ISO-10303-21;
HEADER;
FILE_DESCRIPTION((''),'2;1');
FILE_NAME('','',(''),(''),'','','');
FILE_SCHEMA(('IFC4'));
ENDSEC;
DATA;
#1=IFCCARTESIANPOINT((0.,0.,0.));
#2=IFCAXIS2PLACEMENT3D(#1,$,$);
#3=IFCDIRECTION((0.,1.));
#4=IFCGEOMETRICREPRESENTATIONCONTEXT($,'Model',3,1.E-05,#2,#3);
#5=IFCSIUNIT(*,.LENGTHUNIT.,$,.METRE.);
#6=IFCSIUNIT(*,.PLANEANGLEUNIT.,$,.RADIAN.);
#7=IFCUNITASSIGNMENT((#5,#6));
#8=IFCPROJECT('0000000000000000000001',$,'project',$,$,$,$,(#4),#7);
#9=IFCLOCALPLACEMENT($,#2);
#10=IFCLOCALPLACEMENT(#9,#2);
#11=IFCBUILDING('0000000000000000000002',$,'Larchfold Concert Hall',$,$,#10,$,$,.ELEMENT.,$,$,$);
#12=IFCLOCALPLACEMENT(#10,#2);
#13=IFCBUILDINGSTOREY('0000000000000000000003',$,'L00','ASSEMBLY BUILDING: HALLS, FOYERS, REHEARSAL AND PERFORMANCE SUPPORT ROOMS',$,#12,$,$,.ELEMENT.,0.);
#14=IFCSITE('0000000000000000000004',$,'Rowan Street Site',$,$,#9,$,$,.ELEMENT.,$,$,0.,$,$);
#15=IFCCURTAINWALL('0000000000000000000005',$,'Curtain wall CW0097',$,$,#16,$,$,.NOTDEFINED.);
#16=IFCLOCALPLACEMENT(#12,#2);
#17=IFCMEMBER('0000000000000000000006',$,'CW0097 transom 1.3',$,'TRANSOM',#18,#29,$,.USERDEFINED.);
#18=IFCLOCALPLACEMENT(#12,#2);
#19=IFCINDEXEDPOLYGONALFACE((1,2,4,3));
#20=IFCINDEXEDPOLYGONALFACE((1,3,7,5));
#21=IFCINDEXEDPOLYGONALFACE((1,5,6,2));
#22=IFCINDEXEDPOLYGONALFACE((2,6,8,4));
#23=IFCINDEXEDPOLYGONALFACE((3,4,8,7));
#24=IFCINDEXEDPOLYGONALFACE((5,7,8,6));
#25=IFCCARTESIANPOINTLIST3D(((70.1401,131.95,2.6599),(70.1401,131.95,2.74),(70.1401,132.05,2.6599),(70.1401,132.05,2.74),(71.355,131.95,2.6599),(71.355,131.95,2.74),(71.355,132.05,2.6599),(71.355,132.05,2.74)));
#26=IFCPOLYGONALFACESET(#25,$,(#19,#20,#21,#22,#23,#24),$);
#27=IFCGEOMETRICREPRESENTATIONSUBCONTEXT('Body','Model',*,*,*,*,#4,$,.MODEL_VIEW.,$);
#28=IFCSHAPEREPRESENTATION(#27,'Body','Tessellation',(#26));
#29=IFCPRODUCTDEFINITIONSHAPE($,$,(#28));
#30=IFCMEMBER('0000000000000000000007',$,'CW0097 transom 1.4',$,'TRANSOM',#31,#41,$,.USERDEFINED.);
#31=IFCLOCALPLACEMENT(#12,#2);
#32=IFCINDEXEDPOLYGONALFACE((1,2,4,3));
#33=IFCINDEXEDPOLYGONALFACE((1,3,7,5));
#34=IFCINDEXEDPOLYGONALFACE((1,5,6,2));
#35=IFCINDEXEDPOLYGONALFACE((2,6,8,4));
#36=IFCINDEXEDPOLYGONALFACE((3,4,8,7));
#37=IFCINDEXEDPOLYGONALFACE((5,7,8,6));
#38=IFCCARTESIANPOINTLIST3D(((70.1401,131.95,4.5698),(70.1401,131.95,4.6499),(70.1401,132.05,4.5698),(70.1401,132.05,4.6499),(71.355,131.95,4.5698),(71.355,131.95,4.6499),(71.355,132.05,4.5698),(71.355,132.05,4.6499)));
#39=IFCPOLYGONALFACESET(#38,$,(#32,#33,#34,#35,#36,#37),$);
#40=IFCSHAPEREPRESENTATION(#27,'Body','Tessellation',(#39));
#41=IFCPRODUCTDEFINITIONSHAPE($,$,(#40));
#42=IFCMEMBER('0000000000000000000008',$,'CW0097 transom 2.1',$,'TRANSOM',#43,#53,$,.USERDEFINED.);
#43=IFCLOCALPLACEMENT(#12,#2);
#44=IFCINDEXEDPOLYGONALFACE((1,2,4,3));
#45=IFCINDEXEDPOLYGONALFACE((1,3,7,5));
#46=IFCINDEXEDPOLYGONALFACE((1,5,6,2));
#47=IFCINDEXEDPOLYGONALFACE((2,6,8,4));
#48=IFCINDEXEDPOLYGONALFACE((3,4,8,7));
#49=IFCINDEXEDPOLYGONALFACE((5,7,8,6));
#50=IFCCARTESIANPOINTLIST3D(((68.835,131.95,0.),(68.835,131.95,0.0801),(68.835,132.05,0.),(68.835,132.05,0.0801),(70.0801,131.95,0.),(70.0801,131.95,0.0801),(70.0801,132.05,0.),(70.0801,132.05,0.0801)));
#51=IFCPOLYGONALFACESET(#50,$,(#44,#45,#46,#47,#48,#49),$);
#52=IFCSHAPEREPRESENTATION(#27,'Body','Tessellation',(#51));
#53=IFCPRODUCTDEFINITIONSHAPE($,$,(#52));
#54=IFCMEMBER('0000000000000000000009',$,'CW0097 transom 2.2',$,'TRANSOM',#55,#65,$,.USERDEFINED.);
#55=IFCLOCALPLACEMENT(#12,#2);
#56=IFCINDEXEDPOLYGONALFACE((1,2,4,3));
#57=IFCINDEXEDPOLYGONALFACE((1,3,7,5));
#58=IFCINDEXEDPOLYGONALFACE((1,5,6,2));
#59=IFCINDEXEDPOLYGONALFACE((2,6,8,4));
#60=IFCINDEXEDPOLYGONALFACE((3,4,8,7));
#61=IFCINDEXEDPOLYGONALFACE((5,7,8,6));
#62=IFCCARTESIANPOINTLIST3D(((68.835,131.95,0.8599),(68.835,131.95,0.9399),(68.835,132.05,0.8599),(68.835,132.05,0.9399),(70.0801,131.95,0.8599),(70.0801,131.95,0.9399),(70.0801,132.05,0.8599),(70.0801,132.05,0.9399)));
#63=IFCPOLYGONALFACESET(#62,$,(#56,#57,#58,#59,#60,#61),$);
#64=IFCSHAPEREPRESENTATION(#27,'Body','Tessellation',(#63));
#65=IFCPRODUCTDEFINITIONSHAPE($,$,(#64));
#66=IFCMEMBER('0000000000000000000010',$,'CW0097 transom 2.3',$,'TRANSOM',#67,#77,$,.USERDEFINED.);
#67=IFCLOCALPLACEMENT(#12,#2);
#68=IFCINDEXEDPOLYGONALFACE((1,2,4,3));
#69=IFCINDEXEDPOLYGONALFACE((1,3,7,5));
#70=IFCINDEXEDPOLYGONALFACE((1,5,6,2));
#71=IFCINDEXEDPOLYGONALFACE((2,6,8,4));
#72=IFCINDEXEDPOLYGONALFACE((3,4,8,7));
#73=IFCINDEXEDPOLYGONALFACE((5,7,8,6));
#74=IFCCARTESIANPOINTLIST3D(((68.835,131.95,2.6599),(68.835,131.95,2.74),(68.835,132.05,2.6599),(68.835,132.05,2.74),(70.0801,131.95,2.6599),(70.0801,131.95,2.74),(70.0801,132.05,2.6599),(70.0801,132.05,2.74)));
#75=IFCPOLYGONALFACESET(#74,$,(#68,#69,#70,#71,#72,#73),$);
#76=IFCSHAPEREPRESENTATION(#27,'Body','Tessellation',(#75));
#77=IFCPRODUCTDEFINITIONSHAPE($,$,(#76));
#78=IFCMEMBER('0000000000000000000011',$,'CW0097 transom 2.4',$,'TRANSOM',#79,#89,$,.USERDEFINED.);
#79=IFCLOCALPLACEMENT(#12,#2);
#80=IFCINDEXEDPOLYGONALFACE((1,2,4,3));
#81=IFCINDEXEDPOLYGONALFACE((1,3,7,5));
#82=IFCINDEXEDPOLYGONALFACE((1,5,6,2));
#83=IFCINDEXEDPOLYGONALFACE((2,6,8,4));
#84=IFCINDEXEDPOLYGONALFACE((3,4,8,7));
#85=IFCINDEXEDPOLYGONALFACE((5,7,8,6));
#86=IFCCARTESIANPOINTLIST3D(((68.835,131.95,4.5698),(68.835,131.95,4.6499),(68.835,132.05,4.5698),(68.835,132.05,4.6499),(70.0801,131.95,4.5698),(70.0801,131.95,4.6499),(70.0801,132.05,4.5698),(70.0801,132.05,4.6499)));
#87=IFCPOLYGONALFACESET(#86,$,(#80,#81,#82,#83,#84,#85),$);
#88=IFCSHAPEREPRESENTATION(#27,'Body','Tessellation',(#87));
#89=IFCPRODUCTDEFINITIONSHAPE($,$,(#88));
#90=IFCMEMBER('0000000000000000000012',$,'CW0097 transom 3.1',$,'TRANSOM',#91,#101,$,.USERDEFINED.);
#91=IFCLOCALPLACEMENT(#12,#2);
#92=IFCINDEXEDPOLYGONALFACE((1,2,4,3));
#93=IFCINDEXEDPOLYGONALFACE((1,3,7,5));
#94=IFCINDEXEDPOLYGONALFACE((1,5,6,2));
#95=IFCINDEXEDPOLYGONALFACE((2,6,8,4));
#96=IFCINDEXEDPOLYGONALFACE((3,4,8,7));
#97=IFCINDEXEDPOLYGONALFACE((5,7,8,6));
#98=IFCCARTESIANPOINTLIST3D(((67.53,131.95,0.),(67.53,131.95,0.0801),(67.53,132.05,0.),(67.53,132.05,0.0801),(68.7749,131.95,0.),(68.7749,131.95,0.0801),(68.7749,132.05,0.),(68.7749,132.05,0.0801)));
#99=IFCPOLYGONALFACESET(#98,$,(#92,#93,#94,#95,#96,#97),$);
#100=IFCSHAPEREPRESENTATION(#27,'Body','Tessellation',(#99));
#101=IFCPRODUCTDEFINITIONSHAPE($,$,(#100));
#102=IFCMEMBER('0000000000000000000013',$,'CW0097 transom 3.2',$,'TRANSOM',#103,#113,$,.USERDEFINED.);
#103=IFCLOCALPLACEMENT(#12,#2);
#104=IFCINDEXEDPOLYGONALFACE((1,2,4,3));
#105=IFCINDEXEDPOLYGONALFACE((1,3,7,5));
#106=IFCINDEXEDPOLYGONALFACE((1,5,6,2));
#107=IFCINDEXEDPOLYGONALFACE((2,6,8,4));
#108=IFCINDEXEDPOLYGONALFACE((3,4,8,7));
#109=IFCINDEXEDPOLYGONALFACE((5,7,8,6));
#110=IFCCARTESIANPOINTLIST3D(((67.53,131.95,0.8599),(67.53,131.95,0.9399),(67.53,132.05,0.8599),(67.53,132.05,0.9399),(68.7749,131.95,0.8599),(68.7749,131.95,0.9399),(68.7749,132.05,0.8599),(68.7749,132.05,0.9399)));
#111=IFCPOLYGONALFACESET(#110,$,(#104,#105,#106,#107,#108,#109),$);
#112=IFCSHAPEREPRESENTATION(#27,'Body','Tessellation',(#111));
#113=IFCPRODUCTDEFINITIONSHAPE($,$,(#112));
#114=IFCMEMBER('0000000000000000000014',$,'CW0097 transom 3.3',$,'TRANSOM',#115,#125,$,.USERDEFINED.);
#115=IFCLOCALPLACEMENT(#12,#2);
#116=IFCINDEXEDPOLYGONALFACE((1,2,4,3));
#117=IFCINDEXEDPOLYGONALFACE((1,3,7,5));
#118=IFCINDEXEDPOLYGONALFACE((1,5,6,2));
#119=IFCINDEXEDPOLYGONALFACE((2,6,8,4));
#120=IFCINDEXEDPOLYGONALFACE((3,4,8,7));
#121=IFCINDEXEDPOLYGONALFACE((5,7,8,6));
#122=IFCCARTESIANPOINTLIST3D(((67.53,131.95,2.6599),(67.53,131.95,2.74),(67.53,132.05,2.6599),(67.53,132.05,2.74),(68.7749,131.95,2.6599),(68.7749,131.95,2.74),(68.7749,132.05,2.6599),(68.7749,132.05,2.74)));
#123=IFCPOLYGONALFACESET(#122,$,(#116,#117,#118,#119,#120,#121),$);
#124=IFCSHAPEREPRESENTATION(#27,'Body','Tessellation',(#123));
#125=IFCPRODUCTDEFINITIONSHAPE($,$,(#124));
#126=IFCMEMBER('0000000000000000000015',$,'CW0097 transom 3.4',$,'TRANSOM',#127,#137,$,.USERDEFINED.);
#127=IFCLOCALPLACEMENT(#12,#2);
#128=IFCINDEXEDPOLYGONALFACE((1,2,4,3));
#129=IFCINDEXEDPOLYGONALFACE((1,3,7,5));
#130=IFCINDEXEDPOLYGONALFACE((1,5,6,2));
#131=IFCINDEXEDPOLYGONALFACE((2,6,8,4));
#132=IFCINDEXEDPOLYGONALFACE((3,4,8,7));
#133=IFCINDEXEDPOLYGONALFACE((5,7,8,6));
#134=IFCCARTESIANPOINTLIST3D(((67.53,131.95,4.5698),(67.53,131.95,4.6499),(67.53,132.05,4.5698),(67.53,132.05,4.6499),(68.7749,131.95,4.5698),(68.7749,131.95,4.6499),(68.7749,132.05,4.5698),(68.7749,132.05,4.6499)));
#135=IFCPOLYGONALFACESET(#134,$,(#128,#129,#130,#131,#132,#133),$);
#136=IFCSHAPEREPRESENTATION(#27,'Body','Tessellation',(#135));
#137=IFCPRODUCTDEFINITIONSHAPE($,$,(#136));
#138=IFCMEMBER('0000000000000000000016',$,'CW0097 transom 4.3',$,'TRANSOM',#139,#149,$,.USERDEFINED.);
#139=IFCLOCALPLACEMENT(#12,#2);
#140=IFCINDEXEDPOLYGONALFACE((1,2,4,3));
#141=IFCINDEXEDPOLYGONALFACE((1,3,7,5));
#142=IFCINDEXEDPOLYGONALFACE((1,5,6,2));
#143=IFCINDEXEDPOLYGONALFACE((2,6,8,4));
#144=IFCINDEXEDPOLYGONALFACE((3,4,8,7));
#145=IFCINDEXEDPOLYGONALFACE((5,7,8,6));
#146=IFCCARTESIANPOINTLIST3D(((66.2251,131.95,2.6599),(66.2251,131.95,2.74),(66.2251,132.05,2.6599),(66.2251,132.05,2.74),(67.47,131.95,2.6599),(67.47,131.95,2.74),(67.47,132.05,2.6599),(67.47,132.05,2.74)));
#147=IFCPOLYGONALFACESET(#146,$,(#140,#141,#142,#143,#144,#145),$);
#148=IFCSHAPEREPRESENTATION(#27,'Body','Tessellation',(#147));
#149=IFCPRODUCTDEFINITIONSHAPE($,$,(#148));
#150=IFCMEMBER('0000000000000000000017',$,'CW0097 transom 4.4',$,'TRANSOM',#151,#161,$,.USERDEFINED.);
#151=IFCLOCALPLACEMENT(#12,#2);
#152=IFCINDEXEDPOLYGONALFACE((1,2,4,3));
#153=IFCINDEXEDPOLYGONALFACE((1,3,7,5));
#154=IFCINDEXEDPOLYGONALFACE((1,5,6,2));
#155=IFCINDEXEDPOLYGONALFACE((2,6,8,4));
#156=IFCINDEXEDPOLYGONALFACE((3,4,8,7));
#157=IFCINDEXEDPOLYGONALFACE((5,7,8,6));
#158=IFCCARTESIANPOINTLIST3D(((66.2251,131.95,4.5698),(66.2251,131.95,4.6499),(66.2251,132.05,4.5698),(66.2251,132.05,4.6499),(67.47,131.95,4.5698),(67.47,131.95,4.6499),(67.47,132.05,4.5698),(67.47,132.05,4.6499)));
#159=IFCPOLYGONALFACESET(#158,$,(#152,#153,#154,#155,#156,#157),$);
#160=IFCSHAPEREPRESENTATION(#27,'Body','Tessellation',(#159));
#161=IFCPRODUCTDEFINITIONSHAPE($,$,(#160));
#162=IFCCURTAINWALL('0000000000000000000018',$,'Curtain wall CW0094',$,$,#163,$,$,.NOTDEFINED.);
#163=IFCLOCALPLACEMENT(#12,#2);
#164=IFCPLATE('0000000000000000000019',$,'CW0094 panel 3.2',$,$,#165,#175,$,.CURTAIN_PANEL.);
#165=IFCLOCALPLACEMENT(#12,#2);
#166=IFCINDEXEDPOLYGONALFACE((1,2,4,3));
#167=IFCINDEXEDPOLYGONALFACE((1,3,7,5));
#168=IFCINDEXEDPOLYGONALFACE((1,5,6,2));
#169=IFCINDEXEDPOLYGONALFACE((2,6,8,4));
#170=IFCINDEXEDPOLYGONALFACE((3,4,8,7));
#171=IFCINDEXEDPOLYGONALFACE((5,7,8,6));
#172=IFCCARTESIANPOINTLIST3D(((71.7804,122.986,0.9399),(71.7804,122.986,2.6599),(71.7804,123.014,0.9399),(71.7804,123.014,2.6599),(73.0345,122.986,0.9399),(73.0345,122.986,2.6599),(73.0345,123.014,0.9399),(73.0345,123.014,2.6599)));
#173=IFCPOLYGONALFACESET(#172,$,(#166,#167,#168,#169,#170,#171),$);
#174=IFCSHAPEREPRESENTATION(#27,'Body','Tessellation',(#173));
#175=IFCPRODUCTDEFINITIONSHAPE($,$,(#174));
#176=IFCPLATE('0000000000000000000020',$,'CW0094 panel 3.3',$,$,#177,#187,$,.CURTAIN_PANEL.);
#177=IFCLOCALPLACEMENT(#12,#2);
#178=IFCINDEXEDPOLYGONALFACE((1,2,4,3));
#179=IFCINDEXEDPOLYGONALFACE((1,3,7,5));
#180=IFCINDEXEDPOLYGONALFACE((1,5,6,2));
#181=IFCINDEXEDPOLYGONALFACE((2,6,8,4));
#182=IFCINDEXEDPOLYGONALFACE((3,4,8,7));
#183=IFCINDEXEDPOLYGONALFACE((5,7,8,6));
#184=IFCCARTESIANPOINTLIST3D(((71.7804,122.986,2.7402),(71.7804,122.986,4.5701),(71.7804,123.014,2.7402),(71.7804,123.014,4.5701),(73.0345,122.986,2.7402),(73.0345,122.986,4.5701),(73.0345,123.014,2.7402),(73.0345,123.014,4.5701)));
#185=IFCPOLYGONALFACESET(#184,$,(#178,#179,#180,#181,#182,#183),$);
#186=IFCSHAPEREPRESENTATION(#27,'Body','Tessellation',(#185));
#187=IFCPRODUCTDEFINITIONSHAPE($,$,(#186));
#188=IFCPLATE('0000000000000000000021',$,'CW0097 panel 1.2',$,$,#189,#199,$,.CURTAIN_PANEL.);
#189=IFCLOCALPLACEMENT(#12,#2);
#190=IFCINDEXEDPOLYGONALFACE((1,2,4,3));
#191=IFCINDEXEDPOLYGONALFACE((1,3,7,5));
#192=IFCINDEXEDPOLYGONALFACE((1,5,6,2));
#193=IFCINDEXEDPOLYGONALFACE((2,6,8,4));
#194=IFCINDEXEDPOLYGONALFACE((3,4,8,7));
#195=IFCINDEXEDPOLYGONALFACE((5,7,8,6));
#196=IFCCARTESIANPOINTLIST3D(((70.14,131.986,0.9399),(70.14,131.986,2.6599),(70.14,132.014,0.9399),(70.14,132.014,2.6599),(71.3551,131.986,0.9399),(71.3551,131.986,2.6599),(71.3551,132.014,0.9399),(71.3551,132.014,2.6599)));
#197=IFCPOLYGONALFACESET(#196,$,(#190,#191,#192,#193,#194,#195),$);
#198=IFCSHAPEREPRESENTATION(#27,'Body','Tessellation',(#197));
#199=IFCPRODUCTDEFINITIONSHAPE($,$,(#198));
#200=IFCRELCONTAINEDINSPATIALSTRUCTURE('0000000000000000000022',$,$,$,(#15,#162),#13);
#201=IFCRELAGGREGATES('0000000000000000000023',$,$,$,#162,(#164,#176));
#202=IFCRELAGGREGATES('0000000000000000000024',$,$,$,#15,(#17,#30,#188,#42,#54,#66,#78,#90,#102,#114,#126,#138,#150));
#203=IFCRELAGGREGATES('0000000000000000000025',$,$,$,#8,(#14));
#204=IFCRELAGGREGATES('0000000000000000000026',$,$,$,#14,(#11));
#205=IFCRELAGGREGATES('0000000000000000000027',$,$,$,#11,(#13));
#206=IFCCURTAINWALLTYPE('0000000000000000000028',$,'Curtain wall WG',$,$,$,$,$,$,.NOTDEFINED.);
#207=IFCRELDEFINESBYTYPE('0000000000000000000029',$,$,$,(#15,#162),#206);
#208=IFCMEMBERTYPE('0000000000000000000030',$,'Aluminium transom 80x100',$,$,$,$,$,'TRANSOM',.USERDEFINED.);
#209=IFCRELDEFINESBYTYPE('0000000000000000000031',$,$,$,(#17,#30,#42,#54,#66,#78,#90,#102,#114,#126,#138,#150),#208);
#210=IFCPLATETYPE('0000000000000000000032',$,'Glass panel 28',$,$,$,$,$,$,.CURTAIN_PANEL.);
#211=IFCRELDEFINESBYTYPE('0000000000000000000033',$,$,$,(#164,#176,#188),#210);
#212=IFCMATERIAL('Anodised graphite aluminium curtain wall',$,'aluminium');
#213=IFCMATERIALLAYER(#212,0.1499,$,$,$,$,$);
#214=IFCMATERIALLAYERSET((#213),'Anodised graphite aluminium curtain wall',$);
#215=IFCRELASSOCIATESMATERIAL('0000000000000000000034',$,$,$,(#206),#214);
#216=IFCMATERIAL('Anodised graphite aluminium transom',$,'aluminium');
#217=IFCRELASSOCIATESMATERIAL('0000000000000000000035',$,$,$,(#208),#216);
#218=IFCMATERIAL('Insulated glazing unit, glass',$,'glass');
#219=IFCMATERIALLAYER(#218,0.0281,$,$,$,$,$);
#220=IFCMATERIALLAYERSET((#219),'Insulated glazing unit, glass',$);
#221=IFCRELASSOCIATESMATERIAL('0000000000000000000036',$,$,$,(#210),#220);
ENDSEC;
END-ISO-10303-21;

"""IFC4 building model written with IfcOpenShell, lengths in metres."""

from ifc_helpers import new_model, si_unit, direction, frame, origin, origin_2d, place, context, subcontext, project, spatial, rectangle, extrude, material, layer, layer_set, material_profile, profile_set, type_object, element, aggregate, save


model = new_model("IFC4")

# Units and contexts
model_context = context("Model", 3, precision=1e-05, world=origin(), true_north=direction((0.0, 1.0)))
body_context = subcontext(model_context, "Body", "Model", "MODEL_VIEW")
ifc_project = project(units=[si_unit("LENGTHUNIT", "METRE"), si_unit("PLANEANGLEUNIT", "RADIAN")], contexts=[model_context])

# Site, building, storey
site_placement = place(None, origin())
site = spatial("IfcSite", under=ifc_project, at=site_placement, Name="Rowan Street Site", CompositionType="ELEMENT", RefElevation=0.0)
building_placement = place(site_placement, origin())
building = spatial("IfcBuilding", under=site, at=building_placement, Name="Larchfold Concert Hall", CompositionType="ELEMENT")
storey_placement = place(building_placement, origin())
storey = spatial("IfcBuildingStorey", under=building, at=storey_placement, Name="L00", Description="ASSEMBLY BUILDING: HALLS, FOYERS, REHEARSAL AND PERFORMANCE SUPPORT ROOMS", CompositionType="ELEMENT", Elevation=0.0)

# Curtain wall, members
ifc_material_1 = material(Name="Anodised graphite aluminium curtain wall", Category="aluminium")
ifc_layer_1 = layer(ifc_material_1, 0.1499)
ifc_layer_set_1 = layer_set([ifc_layer_1], Name="Anodised graphite aluminium curtain wall")
curtain_wall_type = type_object("IfcCurtainWallType", Name="Curtain wall WG", PredefinedType="NOTDEFINED", material=ifc_layer_set_1)
curtain_wall_1_placement = place(storey_placement, origin())
curtain_wall_1 = element("IfcCurtainWall", 1, at=curtain_wall_1_placement, inside=storey, type_object=curtain_wall_type, Name="Curtain wall CW0097", PredefinedType="NOTDEFINED")
ifc_material_2 = material(Name="Anodised graphite aluminium transom", Category="aluminium")
ifc_material_profile_1 = material_profile(ifc_material_2, rectangle(XDim=0.1001, YDim=0.0801, at=origin_2d()))
ifc_profile_set_1 = profile_set([ifc_material_profile_1], Name="Anodised graphite aluminium transom")
member_type_1 = type_object("IfcMemberType", Name="Aluminium transom 80x100", ElementType="TRANSOM", PredefinedType="USERDEFINED", material=ifc_profile_set_1)
member_1_placement = place(storey_placement, frame((71.355, 132.0, 2.7), z_axis=(-1.0, 0.0, 0.0), x_axis=(0.0, -1.0, 0.0)))
member_1 = element("IfcMember", 2, at=member_1_placement, type_object=member_type_1, Name="CW0097 transom 1.3", ObjectType="TRANSOM", PredefinedType="USERDEFINED", context=body_context, shape_type="SweptSolid", body=[
    extrude(rectangle(XDim=0.1001, YDim=0.0801, at=origin_2d()), origin(), (0.0, 0.0, 1.0), 1.2148),
])
member_2_placement = place(storey_placement, frame((71.355, 132.0, 4.6099), z_axis=(-1.0, 0.0, 0.0), x_axis=(0.0, -1.0, 0.0)))
member_2 = element("IfcMember", 3, at=member_2_placement, type_object=member_type_1, Name="CW0097 transom 1.4", ObjectType="TRANSOM", PredefinedType="USERDEFINED", context=body_context, shape_type="SweptSolid", body=[
    extrude(rectangle(XDim=0.1001, YDim=0.0801, at=origin_2d()), origin(), (0.0, 0.0, 1.0), 1.2148),
])
member_3_placement = place(storey_placement, frame((70.0801, 132.0, 0.04), z_axis=(-1.0, 0.0, 0.0), x_axis=(0.0, -1.0, 0.0)))
member_3 = element("IfcMember", 4, at=member_3_placement, type_object=member_type_1, Name="CW0097 transom 2.1", ObjectType="TRANSOM", PredefinedType="USERDEFINED", context=body_context, shape_type="SweptSolid", body=[
    extrude(rectangle(XDim=0.1001, YDim=0.0801, at=origin_2d()), origin(), (0.0, 0.0, 1.0), 1.2451),
])
member_4_placement = place(storey_placement, frame((70.0801, 132.0, 0.8999), z_axis=(-1.0, 0.0, 0.0), x_axis=(0.0, -1.0, 0.0)))
member_4 = element("IfcMember", 5, at=member_4_placement, type_object=member_type_1, Name="CW0097 transom 2.2", ObjectType="TRANSOM", PredefinedType="USERDEFINED", context=body_context, shape_type="SweptSolid", body=[
    extrude(rectangle(XDim=0.1001, YDim=0.0801, at=origin_2d()), origin(), (0.0, 0.0, 1.0), 1.2451),
])
member_5_placement = place(storey_placement, frame((70.0801, 132.0, 2.7), z_axis=(-1.0, 0.0, 0.0), x_axis=(0.0, -1.0, 0.0)))
member_5 = element("IfcMember", 6, at=member_5_placement, type_object=member_type_1, Name="CW0097 transom 2.3", ObjectType="TRANSOM", PredefinedType="USERDEFINED", context=body_context, shape_type="SweptSolid", body=[
    extrude(rectangle(XDim=0.1001, YDim=0.0801, at=origin_2d()), origin(), (0.0, 0.0, 1.0), 1.2451),
])
member_6_placement = place(storey_placement, frame((70.0801, 132.0, 4.6099), z_axis=(-1.0, 0.0, 0.0), x_axis=(0.0, -1.0, 0.0)))
member_6 = element("IfcMember", 7, at=member_6_placement, type_object=member_type_1, Name="CW0097 transom 2.4", ObjectType="TRANSOM", PredefinedType="USERDEFINED", context=body_context, shape_type="SweptSolid", body=[
    extrude(rectangle(XDim=0.1001, YDim=0.0801, at=origin_2d()), origin(), (0.0, 0.0, 1.0), 1.2451),
])
member_7_placement = place(storey_placement, frame((68.7749, 132.0, 0.04), z_axis=(-1.0, 0.0, 0.0), x_axis=(0.0, -1.0, 0.0)))
member_7 = element("IfcMember", 8, at=member_7_placement, type_object=member_type_1, Name="CW0097 transom 3.1", ObjectType="TRANSOM", PredefinedType="USERDEFINED", context=body_context, shape_type="SweptSolid", body=[
    extrude(rectangle(XDim=0.1001, YDim=0.0801, at=origin_2d()), origin(), (0.0, 0.0, 1.0), 1.2449),
])
member_8_placement = place(storey_placement, frame((68.7749, 132.0, 0.8999), z_axis=(-1.0, 0.0, 0.0), x_axis=(0.0, -1.0, 0.0)))
member_8 = element("IfcMember", 9, at=member_8_placement, type_object=member_type_1, Name="CW0097 transom 3.2", ObjectType="TRANSOM", PredefinedType="USERDEFINED", context=body_context, shape_type="SweptSolid", body=[
    extrude(rectangle(XDim=0.1001, YDim=0.0801, at=origin_2d()), origin(), (0.0, 0.0, 1.0), 1.2449),
])
member_9_placement = place(storey_placement, frame((68.7749, 132.0, 2.7), z_axis=(-1.0, 0.0, 0.0), x_axis=(0.0, -1.0, 0.0)))
member_9 = element("IfcMember", 10, at=member_9_placement, type_object=member_type_1, Name="CW0097 transom 3.3", ObjectType="TRANSOM", PredefinedType="USERDEFINED", context=body_context, shape_type="SweptSolid", body=[
    extrude(rectangle(XDim=0.1001, YDim=0.0801, at=origin_2d()), origin(), (0.0, 0.0, 1.0), 1.2449),
])
member_10_placement = place(storey_placement, frame((68.7749, 132.0, 4.6099), z_axis=(-1.0, 0.0, 0.0), x_axis=(0.0, -1.0, 0.0)))
member_10 = element("IfcMember", 11, at=member_10_placement, type_object=member_type_1, Name="CW0097 transom 3.4", ObjectType="TRANSOM", PredefinedType="USERDEFINED", context=body_context, shape_type="SweptSolid", body=[
    extrude(rectangle(XDim=0.1001, YDim=0.0801, at=origin_2d()), origin(), (0.0, 0.0, 1.0), 1.2449),
])
member_11_placement = place(storey_placement, frame((67.47, 132.0, 2.7), z_axis=(-1.0, 0.0, 0.0), x_axis=(0.0, -1.0, 0.0)))
member_11 = element("IfcMember", 12, at=member_11_placement, type_object=member_type_1, Name="CW0097 transom 4.3", ObjectType="TRANSOM", PredefinedType="USERDEFINED", context=body_context, shape_type="SweptSolid", body=[
    extrude(rectangle(XDim=0.1001, YDim=0.0801, at=origin_2d()), origin(), (0.0, 0.0, 1.0), 1.2449),
])
member_12_placement = place(storey_placement, frame((67.47, 132.0, 4.6099), z_axis=(-1.0, 0.0, 0.0), x_axis=(0.0, -1.0, 0.0)))
member_12 = element("IfcMember", 13, at=member_12_placement, type_object=member_type_1, Name="CW0097 transom 4.4", ObjectType="TRANSOM", PredefinedType="USERDEFINED", context=body_context, shape_type="SweptSolid", body=[
    extrude(rectangle(XDim=0.1001, YDim=0.0801, at=origin_2d()), origin(), (0.0, 0.0, 1.0), 1.2449),
])

# Curtain wall, plates
curtain_wall_2_placement = place(storey_placement, origin())
curtain_wall_2 = element("IfcCurtainWall", 14, at=curtain_wall_2_placement, inside=storey, type_object=curtain_wall_type, Name="Curtain wall CW0094", PredefinedType="NOTDEFINED")
ifc_material_3 = material(Name="Insulated glazing unit, glass", Category="glass")
ifc_layer_2 = layer(ifc_material_3, 0.0281)
ifc_layer_set_2 = layer_set([ifc_layer_2], Name="Insulated glazing unit, glass")
plate_type_1 = type_object("IfcPlateType", Name="Glass panel 28", PredefinedType="CURTAIN_PANEL", material=ifc_layer_set_2)
plate_1_placement = place(storey_placement, frame((72.4075, 123.0, 0.9399), z_axis=(0.0, 0.0, 1.0), x_axis=(1.0, 0.0, 0.0)))
plate_1 = element("IfcPlate", 15, at=plate_1_placement, type_object=plate_type_1, Name="CW0094 panel 3.2", PredefinedType="CURTAIN_PANEL", context=body_context, shape_type="SweptSolid", body=[
    extrude(rectangle(XDim=1.2542, YDim=0.0281, at=origin_2d()), origin(), (0.0, 0.0, 1.0), 1.72),
])
plate_2_placement = place(storey_placement, frame((72.4075, 123.0, 2.7402), z_axis=(0.0, 0.0, 1.0), x_axis=(1.0, 0.0, 0.0)))
plate_2 = element("IfcPlate", 16, at=plate_2_placement, type_object=plate_type_1, Name="CW0094 panel 3.3", PredefinedType="CURTAIN_PANEL", context=body_context, shape_type="SweptSolid", body=[
    extrude(rectangle(XDim=1.2542, YDim=0.0281, at=origin_2d()), origin(), (0.0, 0.0, 1.0), 1.8298),
])
aggregate(curtain_wall_2, [plate_1, plate_2])

# Plate
plate_3_placement = place(storey_placement, frame((70.7476, 132.0, 0.9399), z_axis=(0.0, 0.0, 1.0), x_axis=(-1.0, 0.0, 0.0)))
plate_3 = element("IfcPlate", 17, at=plate_3_placement, type_object=plate_type_1, Name="CW0097 panel 1.2", PredefinedType="CURTAIN_PANEL", context=body_context, shape_type="SweptSolid", body=[
    extrude(rectangle(XDim=1.2151, YDim=0.0281, at=origin_2d()), origin(), (0.0, 0.0, 1.0), 1.72),
])
aggregate(curtain_wall_1, [member_1, member_2, plate_3, member_3, member_4, member_5, member_6, member_7, member_8, member_9, member_10, member_11, member_12])

save(model, "model.ifc")
